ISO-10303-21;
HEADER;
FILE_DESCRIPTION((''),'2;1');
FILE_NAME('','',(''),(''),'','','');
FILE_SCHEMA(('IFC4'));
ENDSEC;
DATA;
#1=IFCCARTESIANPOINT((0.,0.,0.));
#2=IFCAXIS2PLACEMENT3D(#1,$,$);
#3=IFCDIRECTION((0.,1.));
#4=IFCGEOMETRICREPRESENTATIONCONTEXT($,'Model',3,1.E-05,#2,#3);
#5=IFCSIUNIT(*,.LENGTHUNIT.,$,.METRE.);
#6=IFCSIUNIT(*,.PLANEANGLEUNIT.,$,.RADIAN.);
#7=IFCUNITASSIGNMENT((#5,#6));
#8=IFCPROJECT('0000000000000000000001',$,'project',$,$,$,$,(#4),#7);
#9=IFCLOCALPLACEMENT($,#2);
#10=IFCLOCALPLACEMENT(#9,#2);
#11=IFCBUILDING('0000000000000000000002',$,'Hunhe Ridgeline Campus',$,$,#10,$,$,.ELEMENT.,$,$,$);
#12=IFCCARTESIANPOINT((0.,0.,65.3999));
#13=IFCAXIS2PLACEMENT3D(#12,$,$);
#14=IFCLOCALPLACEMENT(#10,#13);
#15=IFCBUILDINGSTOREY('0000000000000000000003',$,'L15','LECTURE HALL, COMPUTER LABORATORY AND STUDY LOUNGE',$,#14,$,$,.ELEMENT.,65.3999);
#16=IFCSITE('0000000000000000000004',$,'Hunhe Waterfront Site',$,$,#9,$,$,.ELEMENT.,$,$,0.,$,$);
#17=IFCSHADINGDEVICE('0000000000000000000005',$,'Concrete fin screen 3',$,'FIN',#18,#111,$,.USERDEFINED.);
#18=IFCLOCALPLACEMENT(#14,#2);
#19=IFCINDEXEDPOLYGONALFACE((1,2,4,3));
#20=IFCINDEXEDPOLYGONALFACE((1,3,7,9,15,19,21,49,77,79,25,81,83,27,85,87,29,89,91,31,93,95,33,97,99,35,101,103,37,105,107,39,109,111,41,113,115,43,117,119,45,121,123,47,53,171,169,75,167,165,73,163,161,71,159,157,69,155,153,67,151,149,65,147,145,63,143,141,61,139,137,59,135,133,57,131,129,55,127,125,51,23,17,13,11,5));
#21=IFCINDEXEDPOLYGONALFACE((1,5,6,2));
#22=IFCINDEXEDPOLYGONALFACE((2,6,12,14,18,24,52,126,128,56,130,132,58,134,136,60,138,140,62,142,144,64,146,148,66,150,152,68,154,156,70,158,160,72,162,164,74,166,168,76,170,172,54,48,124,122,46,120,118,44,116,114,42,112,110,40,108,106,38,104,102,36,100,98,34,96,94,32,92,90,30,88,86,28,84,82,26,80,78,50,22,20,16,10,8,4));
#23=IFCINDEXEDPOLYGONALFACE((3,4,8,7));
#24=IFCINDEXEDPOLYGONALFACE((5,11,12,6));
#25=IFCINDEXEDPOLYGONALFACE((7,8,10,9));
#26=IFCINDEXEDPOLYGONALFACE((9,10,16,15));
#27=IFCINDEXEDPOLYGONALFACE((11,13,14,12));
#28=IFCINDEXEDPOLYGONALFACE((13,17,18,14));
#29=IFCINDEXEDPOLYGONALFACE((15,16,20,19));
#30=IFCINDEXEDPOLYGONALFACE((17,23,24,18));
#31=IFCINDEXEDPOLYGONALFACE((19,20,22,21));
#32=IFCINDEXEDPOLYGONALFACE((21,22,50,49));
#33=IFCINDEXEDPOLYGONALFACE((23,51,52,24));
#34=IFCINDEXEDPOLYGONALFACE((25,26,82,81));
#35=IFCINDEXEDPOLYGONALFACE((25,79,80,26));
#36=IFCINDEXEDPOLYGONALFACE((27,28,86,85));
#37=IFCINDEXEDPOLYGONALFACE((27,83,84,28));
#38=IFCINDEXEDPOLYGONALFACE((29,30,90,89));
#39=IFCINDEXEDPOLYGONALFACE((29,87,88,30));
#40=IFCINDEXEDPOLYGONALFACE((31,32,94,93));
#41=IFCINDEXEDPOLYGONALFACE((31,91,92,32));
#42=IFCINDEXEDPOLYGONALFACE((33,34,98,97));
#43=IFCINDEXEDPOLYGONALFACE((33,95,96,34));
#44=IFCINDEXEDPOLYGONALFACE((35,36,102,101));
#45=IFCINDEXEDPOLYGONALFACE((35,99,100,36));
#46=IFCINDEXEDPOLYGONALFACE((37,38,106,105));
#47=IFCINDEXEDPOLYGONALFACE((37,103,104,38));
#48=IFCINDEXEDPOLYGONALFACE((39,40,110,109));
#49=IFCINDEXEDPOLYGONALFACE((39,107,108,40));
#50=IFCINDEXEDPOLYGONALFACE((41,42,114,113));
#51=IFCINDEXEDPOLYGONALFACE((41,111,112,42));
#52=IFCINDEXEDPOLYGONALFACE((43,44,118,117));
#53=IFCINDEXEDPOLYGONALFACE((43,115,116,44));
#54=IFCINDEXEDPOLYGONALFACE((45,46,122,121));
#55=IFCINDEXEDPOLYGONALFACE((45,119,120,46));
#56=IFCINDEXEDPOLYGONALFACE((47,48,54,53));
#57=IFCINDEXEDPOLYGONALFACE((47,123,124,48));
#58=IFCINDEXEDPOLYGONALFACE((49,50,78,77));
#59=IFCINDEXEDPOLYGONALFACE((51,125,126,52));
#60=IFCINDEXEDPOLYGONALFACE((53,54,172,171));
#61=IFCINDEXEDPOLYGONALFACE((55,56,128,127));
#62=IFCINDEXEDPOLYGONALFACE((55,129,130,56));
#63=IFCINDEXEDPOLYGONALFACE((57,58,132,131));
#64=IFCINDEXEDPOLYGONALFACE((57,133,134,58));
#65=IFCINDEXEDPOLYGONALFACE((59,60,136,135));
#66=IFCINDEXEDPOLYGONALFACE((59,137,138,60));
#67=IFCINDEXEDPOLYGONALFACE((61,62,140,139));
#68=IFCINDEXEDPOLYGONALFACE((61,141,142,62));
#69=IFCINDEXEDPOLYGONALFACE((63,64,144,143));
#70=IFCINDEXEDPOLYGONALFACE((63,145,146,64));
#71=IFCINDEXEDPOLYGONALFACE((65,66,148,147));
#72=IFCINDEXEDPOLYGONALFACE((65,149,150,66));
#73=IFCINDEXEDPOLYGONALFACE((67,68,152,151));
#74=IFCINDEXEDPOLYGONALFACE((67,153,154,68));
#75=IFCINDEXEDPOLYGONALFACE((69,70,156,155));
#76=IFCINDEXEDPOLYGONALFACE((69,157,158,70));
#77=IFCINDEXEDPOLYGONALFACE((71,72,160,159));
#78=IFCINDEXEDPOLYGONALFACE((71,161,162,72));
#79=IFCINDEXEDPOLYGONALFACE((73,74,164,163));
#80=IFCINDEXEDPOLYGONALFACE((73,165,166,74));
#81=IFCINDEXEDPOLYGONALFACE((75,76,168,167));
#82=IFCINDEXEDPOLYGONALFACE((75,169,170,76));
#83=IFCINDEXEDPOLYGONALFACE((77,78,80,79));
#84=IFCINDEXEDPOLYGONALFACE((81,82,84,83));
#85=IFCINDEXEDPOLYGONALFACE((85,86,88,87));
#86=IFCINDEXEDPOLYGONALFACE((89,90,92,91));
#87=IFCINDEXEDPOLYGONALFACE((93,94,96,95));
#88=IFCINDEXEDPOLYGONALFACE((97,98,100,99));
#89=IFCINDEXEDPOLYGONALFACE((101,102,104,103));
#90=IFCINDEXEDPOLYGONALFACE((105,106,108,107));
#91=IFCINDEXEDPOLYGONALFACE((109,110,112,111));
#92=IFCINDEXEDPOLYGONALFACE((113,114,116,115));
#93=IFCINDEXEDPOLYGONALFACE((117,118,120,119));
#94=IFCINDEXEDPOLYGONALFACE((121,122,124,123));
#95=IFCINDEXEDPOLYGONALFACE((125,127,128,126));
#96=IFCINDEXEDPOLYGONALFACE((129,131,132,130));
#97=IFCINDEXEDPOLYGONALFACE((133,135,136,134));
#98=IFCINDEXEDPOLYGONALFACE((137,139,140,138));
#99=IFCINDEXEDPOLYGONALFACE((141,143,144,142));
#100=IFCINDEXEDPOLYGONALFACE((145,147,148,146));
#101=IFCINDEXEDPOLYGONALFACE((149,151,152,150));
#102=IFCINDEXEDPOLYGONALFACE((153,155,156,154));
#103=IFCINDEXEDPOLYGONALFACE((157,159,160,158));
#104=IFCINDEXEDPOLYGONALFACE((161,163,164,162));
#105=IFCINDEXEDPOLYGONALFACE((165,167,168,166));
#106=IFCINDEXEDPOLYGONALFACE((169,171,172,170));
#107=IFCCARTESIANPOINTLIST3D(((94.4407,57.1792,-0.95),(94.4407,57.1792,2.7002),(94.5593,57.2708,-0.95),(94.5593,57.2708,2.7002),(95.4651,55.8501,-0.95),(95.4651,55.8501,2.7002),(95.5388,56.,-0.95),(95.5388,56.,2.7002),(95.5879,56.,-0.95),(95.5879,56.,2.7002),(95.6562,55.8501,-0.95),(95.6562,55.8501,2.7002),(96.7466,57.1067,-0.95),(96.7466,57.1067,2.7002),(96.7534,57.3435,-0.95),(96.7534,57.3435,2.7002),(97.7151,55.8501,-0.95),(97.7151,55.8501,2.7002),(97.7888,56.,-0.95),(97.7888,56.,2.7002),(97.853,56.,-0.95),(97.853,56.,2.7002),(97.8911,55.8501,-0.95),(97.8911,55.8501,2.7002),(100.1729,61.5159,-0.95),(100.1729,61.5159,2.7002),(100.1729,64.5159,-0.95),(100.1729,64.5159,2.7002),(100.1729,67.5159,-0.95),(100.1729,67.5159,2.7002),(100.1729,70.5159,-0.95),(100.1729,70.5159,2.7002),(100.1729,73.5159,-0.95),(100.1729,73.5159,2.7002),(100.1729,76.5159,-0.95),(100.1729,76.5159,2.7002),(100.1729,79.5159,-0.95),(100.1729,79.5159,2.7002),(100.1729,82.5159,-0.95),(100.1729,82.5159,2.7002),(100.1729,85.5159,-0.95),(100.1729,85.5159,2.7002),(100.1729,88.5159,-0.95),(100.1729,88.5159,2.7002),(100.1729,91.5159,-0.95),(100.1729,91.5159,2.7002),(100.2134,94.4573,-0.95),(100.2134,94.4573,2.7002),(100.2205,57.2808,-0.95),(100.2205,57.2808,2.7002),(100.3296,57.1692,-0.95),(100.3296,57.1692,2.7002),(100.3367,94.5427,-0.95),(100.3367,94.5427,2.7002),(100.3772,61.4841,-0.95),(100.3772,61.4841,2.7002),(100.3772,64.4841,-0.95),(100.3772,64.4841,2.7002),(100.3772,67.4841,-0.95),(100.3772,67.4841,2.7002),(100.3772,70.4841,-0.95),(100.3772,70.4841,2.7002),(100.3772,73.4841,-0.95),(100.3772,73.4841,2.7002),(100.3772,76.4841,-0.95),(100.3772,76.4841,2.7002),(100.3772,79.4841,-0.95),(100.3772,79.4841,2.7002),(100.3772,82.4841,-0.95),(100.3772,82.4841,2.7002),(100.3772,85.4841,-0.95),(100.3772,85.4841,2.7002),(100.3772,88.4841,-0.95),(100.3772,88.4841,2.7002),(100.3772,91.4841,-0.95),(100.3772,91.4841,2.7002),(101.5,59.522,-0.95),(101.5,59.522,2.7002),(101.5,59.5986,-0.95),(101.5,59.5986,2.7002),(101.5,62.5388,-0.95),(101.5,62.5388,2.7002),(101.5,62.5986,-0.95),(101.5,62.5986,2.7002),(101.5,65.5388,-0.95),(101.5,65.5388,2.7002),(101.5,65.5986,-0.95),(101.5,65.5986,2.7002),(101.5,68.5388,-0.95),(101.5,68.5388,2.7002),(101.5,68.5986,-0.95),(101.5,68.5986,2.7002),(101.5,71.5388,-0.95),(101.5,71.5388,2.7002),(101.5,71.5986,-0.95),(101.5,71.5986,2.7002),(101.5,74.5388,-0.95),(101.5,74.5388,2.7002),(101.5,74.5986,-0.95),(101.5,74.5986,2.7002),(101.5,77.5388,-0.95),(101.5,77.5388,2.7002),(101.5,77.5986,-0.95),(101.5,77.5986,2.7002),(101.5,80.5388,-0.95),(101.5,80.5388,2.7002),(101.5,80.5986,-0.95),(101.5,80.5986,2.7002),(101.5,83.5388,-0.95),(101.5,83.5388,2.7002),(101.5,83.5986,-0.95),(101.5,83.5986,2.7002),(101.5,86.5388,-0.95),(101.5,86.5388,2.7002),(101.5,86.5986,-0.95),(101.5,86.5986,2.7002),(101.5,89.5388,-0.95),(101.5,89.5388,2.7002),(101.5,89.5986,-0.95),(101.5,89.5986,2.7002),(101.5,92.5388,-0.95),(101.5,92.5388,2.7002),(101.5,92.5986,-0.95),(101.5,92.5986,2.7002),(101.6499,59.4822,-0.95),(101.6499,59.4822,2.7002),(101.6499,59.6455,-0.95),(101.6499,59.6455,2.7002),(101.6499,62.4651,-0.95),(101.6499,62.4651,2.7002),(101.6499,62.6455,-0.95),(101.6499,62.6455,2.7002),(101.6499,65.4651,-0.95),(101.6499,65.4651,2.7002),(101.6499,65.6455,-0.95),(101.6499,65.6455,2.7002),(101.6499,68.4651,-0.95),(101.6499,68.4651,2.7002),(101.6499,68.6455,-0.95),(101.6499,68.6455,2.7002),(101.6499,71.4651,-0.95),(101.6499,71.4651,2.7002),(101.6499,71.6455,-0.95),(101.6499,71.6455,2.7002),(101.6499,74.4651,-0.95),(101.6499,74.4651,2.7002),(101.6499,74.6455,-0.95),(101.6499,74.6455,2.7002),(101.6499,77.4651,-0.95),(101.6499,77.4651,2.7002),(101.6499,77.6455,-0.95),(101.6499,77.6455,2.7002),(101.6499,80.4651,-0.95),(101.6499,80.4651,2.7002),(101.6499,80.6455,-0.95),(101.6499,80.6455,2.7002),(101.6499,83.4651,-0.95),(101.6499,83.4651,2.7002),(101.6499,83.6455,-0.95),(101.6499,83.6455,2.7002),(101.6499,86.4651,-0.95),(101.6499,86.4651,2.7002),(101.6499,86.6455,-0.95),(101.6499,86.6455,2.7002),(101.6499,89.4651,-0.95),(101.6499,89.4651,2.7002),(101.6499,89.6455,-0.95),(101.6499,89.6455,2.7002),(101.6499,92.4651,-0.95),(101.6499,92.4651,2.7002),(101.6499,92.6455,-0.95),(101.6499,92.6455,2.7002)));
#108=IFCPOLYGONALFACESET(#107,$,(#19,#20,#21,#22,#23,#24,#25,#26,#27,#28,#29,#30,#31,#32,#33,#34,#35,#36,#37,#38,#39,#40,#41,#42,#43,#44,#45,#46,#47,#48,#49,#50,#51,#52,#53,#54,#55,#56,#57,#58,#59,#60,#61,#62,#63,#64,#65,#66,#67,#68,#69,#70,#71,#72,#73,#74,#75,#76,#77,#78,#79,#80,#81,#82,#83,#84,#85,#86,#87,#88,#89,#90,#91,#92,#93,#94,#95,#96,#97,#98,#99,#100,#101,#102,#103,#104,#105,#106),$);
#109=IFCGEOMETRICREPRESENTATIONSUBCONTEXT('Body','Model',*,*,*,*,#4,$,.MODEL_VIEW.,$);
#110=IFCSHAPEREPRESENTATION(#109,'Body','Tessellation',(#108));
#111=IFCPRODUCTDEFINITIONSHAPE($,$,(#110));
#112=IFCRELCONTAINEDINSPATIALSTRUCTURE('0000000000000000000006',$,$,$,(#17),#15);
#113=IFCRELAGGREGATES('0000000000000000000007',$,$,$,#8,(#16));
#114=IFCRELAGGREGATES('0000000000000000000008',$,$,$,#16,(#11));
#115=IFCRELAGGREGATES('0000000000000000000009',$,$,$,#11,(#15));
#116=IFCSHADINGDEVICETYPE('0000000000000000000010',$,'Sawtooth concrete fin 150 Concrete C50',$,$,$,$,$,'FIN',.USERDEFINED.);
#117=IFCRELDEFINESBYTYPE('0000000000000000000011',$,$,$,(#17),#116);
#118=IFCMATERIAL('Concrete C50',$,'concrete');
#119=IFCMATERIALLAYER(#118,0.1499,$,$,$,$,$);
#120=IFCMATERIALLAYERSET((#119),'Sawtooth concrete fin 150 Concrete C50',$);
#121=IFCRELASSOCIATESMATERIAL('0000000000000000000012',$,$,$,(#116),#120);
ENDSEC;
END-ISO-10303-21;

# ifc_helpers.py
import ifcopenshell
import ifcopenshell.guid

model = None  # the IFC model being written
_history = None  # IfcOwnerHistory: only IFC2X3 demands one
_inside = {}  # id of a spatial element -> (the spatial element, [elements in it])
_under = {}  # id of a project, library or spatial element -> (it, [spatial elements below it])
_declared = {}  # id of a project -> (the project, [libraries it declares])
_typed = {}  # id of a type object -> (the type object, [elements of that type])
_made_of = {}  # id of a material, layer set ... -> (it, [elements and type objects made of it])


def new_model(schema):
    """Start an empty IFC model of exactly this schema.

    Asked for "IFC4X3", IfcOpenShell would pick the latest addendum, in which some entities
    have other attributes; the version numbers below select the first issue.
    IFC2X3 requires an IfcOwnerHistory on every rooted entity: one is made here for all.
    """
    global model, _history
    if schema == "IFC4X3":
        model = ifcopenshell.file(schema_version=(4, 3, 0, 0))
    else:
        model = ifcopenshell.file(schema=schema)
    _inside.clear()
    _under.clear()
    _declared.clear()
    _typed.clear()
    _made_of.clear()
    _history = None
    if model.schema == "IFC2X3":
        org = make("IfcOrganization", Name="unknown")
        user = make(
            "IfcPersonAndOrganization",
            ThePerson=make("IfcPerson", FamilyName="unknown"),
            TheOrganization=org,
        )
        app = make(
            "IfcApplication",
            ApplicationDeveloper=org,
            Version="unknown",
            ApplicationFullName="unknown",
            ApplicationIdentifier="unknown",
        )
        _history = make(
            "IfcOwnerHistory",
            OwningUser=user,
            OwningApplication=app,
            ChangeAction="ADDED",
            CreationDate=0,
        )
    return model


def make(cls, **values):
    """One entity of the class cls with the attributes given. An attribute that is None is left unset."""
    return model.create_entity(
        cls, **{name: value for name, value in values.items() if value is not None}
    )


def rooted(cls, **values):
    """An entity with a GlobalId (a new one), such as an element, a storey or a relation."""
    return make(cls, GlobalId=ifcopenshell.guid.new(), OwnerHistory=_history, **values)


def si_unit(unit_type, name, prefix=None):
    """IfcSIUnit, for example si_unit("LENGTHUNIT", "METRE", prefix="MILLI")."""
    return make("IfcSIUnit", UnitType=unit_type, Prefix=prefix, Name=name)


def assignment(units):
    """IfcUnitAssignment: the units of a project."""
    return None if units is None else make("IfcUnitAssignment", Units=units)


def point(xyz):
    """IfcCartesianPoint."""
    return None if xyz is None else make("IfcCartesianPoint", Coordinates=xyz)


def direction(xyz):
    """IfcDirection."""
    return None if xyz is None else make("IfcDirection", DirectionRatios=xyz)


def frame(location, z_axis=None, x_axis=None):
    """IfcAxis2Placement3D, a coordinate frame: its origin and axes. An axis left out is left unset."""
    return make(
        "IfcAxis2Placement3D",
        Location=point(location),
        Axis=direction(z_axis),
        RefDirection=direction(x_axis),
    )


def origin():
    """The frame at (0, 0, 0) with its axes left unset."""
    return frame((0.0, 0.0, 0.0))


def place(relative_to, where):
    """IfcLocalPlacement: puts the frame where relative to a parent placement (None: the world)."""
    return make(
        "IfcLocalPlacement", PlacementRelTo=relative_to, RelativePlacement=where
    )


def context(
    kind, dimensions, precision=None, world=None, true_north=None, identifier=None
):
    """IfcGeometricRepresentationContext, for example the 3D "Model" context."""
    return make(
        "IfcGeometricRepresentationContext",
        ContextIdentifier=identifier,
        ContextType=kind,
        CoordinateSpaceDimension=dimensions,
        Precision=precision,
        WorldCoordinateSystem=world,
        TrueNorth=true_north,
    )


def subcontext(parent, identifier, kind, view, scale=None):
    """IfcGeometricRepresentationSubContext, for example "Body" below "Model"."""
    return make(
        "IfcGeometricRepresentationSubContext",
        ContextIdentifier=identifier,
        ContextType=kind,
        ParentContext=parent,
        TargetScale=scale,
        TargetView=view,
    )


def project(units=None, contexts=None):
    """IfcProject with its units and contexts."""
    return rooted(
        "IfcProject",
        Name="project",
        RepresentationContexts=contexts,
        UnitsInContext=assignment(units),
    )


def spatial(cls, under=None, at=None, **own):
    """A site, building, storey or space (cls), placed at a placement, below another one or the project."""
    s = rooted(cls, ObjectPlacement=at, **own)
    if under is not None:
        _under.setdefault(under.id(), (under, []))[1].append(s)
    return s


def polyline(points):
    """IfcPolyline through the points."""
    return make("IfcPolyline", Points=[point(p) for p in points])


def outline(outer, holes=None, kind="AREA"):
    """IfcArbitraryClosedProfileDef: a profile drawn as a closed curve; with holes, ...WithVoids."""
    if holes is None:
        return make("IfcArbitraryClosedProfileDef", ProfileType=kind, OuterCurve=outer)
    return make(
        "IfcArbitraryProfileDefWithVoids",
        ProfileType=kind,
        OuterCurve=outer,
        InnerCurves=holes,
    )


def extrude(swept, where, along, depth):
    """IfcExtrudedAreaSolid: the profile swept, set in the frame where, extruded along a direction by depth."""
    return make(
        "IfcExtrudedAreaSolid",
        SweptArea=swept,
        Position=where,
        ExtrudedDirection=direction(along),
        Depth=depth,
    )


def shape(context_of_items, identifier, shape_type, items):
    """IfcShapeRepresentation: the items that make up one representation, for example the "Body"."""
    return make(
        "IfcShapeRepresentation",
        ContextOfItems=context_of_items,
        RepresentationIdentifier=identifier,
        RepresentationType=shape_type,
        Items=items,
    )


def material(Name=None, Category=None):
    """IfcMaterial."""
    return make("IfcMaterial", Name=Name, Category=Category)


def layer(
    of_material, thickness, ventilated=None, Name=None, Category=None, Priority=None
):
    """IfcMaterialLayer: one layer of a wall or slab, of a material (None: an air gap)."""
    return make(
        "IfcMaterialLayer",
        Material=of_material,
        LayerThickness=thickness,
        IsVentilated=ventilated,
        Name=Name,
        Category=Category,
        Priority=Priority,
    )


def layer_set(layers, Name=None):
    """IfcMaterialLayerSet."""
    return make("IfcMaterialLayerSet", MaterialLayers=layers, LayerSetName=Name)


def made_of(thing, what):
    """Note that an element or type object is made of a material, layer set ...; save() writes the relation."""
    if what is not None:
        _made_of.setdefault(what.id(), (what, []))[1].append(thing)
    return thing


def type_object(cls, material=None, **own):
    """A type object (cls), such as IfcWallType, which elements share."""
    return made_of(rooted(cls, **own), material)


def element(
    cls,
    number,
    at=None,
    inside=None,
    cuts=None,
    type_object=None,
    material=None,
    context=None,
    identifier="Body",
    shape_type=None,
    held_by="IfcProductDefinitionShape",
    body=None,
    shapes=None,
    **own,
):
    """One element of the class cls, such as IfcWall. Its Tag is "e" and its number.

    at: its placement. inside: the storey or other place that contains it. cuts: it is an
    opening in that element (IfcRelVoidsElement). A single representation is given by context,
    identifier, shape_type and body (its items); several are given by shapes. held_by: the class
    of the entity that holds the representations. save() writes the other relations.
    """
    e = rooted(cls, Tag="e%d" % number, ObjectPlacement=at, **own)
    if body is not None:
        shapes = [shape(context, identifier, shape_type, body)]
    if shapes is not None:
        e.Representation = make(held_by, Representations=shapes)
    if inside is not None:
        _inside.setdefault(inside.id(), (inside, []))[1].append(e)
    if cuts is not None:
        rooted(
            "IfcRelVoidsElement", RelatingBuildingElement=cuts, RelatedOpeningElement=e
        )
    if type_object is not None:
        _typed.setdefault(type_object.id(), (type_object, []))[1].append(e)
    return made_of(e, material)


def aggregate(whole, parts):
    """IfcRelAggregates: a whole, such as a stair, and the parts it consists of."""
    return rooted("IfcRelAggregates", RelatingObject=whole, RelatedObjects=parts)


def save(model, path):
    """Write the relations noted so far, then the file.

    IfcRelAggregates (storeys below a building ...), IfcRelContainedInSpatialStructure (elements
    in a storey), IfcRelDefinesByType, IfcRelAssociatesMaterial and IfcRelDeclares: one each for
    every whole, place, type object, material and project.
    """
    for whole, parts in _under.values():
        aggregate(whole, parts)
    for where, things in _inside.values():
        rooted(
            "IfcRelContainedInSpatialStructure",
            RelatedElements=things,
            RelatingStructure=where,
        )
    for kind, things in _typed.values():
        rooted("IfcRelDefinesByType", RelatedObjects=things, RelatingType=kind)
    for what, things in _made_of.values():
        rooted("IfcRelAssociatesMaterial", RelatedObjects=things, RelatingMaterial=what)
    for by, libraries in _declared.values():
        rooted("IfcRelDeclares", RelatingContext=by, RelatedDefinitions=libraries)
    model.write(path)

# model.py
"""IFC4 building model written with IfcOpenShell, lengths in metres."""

from ifc_helpers import new_model, si_unit, direction, frame, origin, place, context, subcontext, project, spatial, polyline, outline, extrude, material, layer, layer_set, type_object, element, save


model = new_model("IFC4")

# Units and contexts
model_context = context("Model", 3, precision=1e-05, world=origin(), true_north=direction((0.0, 1.0)))
body_context = subcontext(model_context, "Body", "Model", "MODEL_VIEW")
ifc_project = project(units=[si_unit("LENGTHUNIT", "METRE"), si_unit("PLANEANGLEUNIT", "RADIAN")], contexts=[model_context])

# Site, building, storey
site_placement = place(None, origin())
site = spatial("IfcSite", under=ifc_project, at=site_placement, Name="Hunhe Waterfront Site", CompositionType="ELEMENT", RefElevation=0.0)
building_placement = place(site_placement, origin())
building = spatial("IfcBuilding", under=site, at=building_placement, Name="Hunhe Ridgeline Campus", CompositionType="ELEMENT")
storey_placement = place(building_placement, frame((0.0, 0.0, 65.3999)))
storey = spatial("IfcBuildingStorey", under=building, at=storey_placement, Name="L15", Description="LECTURE HALL, COMPUTER LABORATORY AND STUDY LOUNGE", CompositionType="ELEMENT", Elevation=65.3999)

# Shading device
ifc_material_1 = material(Name="Concrete C50", Category="concrete")
ifc_layer_1 = layer(ifc_material_1, 0.1499)
ifc_layer_set_1 = layer_set([ifc_layer_1], Name="Sawtooth concrete fin 150 Concrete C50")
shading_device_type = type_object("IfcShadingDeviceType", Name="Sawtooth concrete fin 150 Concrete C50", ElementType="FIN", PredefinedType="USERDEFINED", material=ifc_layer_set_1)
shading_device_1_placement = place(storey_placement, frame((0.0, 0.0, -0.95)))
element("IfcShadingDevice", 1, at=shading_device_1_placement, inside=storey, type_object=shading_device_type, Name="Concrete fin screen 3", ObjectType="FIN", PredefinedType="USERDEFINED", context=body_context, shape_type="SweptSolid", body=[
    extrude(outline(polyline([(94.5593, 57.2708), (94.4407, 57.1792), (95.4651, 55.8501), (95.6562, 55.8501), (96.7466, 57.1067), (97.7151, 55.8501), (97.8911, 55.8501), (100.3296, 57.1692), (101.6499, 59.4822), (101.6499, 59.6455), (100.3772, 61.4841), (101.6499, 62.4651), (101.6499, 62.6455), (100.3772, 64.4841), (101.6499, 65.4651), (101.6499, 65.6455), (100.3772, 67.4841), (101.6499, 68.4651), (101.6499, 68.6455), (100.3772, 70.4841), (101.6499, 71.4651), (101.6499, 71.6455), (100.3772, 73.4841), (101.6499, 74.4651), (101.6499, 74.6455), (100.3772, 76.4841), (101.6499, 77.4651), (101.6499, 77.6455), (100.3772, 79.4841), (101.6499, 80.4651), (101.6499, 80.6455), (100.3772, 82.4841), (101.6499, 83.4651), (101.6499, 83.6455), (100.3772, 85.4841), (101.6499, 86.4651), (101.6499, 86.6455), (100.3772, 88.4841), (101.6499, 89.4651), (101.6499, 89.6455), (100.3772, 91.4841), (101.6499, 92.4651), (101.6499, 92.6455), (100.3367, 94.5427), (100.2134, 94.4573), (101.5, 92.5986), (101.5, 92.5388), (100.1729, 91.5159), (101.5, 89.5986), (101.5, 89.5388), (100.1729, 88.5159), (101.5, 86.5986), (101.5, 86.5388), (100.1729, 85.5159), (101.5, 83.5986), (101.5, 83.5388), (100.1729, 82.5159), (101.5, 80.5986), (101.5, 80.5388), (100.1729, 79.5159), (101.5, 77.5986), (101.5, 77.5388), (100.1729, 76.5159), (101.5, 74.5986), (101.5, 74.5388), (100.1729, 73.5159), (101.5, 71.5986), (101.5, 71.5388), (100.1729, 70.5159), (101.5, 68.5986), (101.5, 68.5388), (100.1729, 67.5159), (101.5, 65.5986), (101.5, 65.5388), (100.1729, 64.5159), (101.5, 62.5986), (101.5, 62.5388), (100.1729, 61.5159), (101.5, 59.5986), (101.5, 59.522), (100.2205, 57.2808), (97.853, 56.0), (97.7888, 56.0), (96.7534, 57.3435), (95.5879, 56.0), (95.5388, 56.0), (94.5593, 57.2708)])), origin(), (0.0, 0.0, 1.0), 3.6501),
])

save(model, "model.ifc")
